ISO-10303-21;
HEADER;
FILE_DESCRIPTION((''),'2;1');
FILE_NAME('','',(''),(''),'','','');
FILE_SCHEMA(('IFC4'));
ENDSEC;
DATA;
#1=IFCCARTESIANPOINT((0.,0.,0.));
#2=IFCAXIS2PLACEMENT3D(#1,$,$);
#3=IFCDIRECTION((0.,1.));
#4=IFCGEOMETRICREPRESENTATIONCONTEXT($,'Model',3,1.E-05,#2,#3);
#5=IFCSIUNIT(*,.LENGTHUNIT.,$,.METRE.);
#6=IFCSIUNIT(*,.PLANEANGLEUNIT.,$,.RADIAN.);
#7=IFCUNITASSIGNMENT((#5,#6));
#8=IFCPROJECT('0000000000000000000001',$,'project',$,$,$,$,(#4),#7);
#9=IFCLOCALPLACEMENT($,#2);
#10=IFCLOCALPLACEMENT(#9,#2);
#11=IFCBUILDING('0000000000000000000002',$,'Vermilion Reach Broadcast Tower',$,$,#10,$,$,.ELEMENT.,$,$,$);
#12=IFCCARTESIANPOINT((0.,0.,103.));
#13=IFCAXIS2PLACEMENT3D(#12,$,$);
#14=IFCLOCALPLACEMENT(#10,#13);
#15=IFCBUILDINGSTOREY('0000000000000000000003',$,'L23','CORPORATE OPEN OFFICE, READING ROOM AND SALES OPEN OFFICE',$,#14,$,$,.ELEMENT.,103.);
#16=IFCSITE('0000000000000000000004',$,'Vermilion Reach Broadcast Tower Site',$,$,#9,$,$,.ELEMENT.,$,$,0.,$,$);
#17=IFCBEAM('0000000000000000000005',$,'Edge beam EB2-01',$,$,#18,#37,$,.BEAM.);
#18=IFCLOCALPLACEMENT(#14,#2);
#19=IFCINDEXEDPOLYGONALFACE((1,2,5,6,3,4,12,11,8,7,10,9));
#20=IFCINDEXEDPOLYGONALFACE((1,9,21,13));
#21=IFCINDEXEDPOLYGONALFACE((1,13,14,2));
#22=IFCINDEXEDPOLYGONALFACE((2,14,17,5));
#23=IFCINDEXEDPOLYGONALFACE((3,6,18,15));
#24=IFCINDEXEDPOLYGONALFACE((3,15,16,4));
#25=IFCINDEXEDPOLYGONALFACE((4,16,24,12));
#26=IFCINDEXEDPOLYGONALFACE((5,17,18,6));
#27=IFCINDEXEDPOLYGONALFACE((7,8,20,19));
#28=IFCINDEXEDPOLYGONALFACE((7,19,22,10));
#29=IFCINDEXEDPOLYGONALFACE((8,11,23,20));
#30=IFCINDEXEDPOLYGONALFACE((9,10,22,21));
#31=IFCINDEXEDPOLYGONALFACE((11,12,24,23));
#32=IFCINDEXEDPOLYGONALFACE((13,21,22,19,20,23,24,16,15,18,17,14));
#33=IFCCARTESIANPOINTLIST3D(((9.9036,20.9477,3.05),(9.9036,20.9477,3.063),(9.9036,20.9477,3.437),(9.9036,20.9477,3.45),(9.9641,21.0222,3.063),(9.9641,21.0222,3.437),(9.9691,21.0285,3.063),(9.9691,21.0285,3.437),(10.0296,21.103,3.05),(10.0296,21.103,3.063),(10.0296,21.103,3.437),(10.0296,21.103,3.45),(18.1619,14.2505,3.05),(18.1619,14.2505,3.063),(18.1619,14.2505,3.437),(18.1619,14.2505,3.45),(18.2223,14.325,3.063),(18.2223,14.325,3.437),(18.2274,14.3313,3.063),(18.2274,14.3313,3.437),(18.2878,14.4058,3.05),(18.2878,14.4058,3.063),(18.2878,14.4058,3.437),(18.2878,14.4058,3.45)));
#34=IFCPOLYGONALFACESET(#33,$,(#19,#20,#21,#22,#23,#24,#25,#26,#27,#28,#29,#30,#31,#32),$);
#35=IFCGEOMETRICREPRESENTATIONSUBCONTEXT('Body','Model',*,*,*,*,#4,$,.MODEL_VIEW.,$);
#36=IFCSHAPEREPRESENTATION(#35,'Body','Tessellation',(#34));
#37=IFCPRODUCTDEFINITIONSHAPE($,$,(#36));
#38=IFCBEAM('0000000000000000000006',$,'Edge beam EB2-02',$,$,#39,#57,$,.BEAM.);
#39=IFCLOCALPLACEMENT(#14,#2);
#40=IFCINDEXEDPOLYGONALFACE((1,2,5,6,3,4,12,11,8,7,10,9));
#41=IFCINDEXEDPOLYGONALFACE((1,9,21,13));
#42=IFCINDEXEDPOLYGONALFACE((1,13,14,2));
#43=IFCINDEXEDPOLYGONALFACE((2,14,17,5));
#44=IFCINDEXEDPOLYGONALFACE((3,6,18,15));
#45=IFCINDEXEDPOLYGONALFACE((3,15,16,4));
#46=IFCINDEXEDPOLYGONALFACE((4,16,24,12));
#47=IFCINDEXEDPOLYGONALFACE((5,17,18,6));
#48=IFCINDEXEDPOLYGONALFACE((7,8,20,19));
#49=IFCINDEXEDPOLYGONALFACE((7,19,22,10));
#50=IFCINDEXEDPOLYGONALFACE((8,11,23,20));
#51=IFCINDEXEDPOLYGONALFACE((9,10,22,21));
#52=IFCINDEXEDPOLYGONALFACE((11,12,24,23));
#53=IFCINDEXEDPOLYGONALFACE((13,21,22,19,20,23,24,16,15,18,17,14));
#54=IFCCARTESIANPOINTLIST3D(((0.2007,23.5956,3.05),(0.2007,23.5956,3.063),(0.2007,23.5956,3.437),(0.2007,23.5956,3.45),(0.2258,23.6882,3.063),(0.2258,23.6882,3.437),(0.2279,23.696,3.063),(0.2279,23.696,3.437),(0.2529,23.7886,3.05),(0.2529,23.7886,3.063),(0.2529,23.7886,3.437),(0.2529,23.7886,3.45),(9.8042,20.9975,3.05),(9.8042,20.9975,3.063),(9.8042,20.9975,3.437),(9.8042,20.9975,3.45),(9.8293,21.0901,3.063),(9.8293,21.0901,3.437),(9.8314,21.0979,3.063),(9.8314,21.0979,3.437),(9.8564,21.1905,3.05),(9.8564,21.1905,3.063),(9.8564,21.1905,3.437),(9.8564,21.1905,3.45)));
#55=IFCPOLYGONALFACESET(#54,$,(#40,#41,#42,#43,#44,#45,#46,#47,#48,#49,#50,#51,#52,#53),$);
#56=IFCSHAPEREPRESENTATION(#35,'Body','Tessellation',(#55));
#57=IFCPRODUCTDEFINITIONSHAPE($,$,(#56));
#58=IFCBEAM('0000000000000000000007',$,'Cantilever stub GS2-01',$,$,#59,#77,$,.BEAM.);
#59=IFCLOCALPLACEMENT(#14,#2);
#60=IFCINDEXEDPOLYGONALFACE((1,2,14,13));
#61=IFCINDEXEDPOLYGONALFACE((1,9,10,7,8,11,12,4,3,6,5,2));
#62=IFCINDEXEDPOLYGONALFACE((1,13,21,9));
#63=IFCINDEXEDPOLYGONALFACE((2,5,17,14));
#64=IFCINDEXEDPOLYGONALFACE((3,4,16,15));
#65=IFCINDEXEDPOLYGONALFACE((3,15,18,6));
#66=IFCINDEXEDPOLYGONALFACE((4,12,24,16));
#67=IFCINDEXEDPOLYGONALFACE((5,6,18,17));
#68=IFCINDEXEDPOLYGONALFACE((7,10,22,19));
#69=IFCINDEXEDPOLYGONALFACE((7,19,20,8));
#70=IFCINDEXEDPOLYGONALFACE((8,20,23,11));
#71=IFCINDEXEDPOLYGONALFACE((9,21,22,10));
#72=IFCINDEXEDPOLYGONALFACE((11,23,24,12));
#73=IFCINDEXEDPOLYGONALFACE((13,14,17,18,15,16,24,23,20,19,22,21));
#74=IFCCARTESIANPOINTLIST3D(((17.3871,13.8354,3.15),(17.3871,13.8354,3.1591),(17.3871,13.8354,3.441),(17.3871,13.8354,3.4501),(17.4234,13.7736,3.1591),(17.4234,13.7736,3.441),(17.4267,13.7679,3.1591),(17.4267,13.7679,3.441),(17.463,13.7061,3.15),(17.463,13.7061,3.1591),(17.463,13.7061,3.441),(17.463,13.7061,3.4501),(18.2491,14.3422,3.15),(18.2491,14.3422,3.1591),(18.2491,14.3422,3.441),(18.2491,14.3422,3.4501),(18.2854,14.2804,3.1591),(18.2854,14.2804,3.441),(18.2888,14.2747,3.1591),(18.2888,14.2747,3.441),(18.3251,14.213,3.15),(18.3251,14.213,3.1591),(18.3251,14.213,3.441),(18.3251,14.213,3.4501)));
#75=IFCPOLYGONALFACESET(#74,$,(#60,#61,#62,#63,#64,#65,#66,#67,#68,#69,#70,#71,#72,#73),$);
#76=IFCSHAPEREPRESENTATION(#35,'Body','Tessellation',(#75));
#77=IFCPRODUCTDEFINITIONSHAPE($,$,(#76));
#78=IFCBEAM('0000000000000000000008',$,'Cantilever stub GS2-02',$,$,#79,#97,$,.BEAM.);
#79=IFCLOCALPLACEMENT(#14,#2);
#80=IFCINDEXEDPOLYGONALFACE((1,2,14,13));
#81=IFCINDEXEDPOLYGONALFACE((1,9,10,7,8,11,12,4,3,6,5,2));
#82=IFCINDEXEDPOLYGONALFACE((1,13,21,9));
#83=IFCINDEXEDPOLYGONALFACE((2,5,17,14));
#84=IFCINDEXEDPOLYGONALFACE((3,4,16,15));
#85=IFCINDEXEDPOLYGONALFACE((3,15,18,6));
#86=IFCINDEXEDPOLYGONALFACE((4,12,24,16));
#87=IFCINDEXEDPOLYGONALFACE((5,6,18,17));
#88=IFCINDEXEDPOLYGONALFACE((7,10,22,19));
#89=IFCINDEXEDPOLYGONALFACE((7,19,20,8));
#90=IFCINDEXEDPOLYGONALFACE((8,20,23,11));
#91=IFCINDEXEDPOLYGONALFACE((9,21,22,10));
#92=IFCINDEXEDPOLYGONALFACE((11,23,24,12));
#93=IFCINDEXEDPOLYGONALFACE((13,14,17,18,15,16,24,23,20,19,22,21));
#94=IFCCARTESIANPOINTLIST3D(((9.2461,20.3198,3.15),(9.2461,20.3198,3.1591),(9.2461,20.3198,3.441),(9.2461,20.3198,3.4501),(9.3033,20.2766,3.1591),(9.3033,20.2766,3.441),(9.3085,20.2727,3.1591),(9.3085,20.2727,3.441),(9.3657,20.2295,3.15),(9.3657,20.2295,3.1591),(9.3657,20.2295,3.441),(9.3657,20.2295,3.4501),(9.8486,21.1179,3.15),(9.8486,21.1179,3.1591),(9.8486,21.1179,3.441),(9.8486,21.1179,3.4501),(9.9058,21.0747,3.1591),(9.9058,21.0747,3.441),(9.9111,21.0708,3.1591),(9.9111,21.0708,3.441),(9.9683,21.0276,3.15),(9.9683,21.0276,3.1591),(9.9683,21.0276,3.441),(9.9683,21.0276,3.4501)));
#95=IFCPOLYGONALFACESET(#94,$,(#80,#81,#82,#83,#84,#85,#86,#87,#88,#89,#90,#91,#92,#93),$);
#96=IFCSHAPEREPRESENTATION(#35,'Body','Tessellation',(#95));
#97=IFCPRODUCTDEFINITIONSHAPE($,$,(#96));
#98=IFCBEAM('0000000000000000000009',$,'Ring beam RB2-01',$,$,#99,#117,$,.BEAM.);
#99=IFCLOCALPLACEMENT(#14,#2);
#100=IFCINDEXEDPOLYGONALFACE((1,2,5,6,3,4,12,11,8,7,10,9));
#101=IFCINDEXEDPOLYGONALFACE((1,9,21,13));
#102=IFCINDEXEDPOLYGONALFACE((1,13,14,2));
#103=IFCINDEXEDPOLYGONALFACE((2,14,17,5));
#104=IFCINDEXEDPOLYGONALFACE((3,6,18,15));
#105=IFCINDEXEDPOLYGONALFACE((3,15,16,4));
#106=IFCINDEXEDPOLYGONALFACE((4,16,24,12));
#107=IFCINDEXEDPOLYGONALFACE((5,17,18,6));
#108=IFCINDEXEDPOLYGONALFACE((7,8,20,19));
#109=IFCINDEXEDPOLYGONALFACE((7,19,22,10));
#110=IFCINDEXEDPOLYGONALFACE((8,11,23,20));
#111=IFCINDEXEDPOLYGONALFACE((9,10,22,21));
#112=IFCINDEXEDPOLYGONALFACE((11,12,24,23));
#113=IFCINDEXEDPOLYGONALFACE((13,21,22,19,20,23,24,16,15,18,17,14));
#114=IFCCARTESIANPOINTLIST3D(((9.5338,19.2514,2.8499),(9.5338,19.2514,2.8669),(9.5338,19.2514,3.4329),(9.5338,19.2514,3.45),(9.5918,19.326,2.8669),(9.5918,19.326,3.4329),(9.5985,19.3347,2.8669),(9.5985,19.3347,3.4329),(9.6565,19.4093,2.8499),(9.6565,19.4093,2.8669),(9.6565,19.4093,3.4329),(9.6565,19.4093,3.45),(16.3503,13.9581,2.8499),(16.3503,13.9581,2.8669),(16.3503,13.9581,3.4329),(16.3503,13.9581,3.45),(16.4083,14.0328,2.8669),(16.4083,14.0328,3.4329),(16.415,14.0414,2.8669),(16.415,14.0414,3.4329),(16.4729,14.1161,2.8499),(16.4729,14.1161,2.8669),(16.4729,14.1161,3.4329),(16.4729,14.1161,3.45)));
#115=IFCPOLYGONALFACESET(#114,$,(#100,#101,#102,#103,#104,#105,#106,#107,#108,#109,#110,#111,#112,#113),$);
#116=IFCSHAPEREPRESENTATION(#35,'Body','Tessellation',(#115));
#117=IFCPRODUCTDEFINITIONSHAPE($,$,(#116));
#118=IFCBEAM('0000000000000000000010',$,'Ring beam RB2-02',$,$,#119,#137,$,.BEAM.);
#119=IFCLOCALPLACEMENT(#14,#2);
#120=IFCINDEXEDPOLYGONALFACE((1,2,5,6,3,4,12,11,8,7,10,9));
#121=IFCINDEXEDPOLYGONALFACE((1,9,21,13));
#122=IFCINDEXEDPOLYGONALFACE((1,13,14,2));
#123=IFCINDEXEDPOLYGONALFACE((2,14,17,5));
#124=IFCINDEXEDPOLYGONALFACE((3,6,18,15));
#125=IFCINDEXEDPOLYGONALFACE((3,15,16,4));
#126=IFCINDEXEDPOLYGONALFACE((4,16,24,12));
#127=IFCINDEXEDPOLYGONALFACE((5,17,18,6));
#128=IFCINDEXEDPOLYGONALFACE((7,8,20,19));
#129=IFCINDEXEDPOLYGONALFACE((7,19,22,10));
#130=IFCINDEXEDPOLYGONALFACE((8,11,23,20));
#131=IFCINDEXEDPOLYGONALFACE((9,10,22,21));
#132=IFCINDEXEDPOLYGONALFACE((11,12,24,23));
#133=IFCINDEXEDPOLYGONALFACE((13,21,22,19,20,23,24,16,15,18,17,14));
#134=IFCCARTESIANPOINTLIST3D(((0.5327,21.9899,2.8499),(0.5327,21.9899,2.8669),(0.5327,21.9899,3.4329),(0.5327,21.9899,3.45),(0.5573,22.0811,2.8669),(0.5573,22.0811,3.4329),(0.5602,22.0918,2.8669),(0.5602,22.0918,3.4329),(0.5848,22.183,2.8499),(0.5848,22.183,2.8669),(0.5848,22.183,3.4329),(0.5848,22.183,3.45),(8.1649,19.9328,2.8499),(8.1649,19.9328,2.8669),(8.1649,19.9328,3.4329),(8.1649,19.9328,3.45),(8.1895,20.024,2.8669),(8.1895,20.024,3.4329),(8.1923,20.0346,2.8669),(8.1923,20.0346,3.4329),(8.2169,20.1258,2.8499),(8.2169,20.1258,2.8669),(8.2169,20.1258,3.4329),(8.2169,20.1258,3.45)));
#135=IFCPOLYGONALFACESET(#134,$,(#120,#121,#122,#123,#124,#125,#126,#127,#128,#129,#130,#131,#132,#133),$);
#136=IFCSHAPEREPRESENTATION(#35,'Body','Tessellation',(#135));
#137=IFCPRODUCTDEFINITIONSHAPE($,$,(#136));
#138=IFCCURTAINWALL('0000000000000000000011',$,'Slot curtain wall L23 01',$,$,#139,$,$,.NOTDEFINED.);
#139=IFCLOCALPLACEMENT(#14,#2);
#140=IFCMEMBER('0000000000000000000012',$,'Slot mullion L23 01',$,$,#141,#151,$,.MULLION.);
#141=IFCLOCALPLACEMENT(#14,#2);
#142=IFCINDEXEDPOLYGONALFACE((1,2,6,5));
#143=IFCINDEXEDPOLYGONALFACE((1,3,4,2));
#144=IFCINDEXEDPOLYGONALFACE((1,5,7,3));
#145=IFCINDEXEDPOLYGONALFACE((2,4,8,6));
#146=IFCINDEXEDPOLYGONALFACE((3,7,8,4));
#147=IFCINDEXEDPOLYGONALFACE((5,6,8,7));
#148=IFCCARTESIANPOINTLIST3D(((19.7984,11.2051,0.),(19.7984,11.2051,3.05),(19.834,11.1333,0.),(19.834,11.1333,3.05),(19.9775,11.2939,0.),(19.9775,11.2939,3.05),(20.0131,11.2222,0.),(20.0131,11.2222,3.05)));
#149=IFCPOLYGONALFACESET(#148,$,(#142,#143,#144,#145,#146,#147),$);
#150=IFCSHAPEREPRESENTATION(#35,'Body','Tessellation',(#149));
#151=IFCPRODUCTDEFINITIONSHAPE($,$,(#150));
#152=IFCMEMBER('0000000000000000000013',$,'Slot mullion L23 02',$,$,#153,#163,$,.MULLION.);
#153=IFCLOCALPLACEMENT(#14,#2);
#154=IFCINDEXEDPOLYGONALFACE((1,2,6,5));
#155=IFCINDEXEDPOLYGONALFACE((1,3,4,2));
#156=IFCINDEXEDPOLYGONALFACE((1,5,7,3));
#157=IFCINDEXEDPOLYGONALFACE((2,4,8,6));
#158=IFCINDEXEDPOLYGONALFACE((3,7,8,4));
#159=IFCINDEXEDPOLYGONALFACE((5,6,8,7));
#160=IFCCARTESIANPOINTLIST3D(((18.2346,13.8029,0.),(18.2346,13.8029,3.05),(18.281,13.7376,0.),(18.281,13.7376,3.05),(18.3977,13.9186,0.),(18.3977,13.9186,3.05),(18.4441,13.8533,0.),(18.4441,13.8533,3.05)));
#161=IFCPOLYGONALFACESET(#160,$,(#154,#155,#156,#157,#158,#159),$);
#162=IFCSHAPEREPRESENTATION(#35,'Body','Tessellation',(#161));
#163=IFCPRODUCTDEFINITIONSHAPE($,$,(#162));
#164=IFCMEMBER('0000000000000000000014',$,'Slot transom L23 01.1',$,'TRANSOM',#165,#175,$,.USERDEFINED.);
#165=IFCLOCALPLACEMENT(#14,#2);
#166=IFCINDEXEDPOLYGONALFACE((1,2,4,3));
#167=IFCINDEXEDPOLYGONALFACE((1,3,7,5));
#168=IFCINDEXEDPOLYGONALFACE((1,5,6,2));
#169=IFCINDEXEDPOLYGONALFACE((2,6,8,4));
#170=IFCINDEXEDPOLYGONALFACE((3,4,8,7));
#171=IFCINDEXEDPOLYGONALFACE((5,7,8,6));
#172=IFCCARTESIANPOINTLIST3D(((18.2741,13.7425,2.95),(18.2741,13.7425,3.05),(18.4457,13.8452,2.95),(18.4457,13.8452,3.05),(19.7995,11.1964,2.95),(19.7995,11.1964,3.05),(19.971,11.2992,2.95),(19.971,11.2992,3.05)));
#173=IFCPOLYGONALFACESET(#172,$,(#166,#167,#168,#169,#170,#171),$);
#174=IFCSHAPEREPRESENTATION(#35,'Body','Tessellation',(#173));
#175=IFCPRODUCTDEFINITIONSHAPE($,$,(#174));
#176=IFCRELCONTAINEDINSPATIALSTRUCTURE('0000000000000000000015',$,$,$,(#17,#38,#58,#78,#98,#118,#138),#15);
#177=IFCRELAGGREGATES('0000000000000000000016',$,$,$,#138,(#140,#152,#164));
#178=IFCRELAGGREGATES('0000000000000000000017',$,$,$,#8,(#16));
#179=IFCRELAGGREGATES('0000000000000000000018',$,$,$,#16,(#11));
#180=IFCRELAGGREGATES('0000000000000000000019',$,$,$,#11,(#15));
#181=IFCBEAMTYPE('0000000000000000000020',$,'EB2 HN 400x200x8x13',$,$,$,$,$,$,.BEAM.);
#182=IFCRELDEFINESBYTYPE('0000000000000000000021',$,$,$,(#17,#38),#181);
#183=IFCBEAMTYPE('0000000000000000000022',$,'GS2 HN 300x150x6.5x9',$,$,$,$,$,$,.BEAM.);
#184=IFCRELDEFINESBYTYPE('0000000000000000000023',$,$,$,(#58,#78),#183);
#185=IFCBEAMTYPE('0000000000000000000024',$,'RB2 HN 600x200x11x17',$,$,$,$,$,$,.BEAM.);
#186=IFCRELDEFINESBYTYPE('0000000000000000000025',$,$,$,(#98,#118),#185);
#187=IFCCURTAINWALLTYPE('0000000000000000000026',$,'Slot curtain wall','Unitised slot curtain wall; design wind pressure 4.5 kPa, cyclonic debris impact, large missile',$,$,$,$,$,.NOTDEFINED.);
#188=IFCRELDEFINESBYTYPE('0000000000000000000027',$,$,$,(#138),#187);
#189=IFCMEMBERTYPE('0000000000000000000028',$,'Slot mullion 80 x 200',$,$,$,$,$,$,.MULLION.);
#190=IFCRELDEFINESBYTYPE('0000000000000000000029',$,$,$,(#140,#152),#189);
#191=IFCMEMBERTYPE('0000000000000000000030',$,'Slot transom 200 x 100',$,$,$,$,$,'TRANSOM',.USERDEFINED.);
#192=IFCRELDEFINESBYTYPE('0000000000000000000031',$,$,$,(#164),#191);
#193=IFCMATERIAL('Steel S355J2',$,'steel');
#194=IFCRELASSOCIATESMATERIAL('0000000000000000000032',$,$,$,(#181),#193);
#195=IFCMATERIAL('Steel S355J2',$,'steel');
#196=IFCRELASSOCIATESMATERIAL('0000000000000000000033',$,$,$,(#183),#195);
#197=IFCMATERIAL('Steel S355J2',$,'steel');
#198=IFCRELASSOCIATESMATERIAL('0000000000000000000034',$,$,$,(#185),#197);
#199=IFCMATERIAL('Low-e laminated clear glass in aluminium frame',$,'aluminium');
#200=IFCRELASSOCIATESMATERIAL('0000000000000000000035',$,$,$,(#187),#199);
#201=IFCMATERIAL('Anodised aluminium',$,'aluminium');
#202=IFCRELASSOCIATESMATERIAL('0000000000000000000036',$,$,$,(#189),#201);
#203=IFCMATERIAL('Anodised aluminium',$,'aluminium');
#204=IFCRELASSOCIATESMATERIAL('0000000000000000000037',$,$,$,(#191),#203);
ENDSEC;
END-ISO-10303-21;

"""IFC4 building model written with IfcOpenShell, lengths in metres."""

from ifc_helpers import new_model, si_unit, direction, frame, origin, origin_2d, place, context, subcontext, project, spatial, rectangle, i_section, extrude, material, material_profile, profile_set, type_object, element, aggregate, save


model = new_model("IFC4")

# Units and contexts
model_context = context("Model", 3, precision=1e-05, world=origin(), true_north=direction((0.0, 1.0)))
body_context = subcontext(model_context, "Body", "Model", "MODEL_VIEW")
ifc_project = project(units=[si_unit("LENGTHUNIT", "METRE"), si_unit("PLANEANGLEUNIT", "RADIAN")], contexts=[model_context])

# Site, building, storey
site_placement = place(None, origin())
site = spatial("IfcSite", under=ifc_project, at=site_placement, Name="Vermilion Reach Broadcast Tower Site", CompositionType="ELEMENT", RefElevation=0.0)
building_placement = place(site_placement, origin())
building = spatial("IfcBuilding", under=site, at=building_placement, Name="Vermilion Reach Broadcast Tower", CompositionType="ELEMENT")
storey_placement = place(building_placement, frame((0.0, 0.0, 103.0)))
storey = spatial("IfcBuildingStorey", under=building, at=storey_placement, Name="L23", Description="CORPORATE OPEN OFFICE, READING ROOM AND SALES OPEN OFFICE", CompositionType="ELEMENT", Elevation=103.0)

# Beams
ifc_material_1 = material(Name="Steel S355J2", Category="steel")
ifc_material_profile_1 = material_profile(ifc_material_1, i_section(OverallWidth=0.2, OverallDepth=0.3999, WebThickness=0.0081, FlangeThickness=0.0129, at=origin_2d()), Name="S355J2 HN 400x200x8x13")
ifc_profile_set_1 = profile_set([ifc_material_profile_1], Name="Steel S355J2")
beam_type_1 = type_object("IfcBeamType", Name="EB2 HN 400x200x8x13", PredefinedType="BEAM", material=ifc_profile_set_1)
beam_1_placement = place(storey_placement, frame((18.2249, 14.3281, 3.25), z_axis=(-0.776694, 0.629878, 0.0), x_axis=(-0.629878, -0.776694, 0.0)))
element("IfcBeam", 1, at=beam_1_placement, inside=storey, type_object=beam_type_1, Name="Edge beam EB2-01", PredefinedType="BEAM", context=body_context, shape_type="SweptSolid", body=[
    extrude(i_section(OverallWidth=0.2, OverallDepth=0.3999, WebThickness=0.0081, FlangeThickness=0.0129, at=origin_2d()), origin(), (0.0, 0.0, 1.0), 10.6326),
])
beam_2_placement = place(storey_placement, frame((9.8303, 21.094, 3.25), z_axis=(-0.965298, 0.261153, 0.0), x_axis=(-0.261153, -0.965298, 0.0)))
element("IfcBeam", 2, at=beam_2_placement, inside=storey, type_object=beam_type_1, Name="Edge beam EB2-02", PredefinedType="BEAM", context=body_context, shape_type="SweptSolid", body=[
    extrude(i_section(OverallWidth=0.2, OverallDepth=0.3999, WebThickness=0.0081, FlangeThickness=0.0129, at=origin_2d()), origin(), (0.0, 0.0, 1.0), 9.9487),
])
ifc_material_2 = material(Name="Steel S355J2", Category="steel")
ifc_material_profile_2 = material_profile(ifc_material_2, i_section(OverallWidth=0.1499, OverallDepth=0.3, WebThickness=0.0066, FlangeThickness=0.009, at=origin_2d()), Name="S355J2 HN 300x150x6.5x9")
ifc_profile_set_2 = profile_set([ifc_material_profile_2], Name="Steel S355J2")
beam_type_2 = type_object("IfcBeamType", Name="GS2 HN 300x150x6.5x9", PredefinedType="BEAM", material=ifc_profile_set_2)
for number, where, z_axis, x_axis, name in (
    (3, (17.425, 13.7708, 3.3), (0.862047, 0.506828, 0.0), (-0.506828, 0.862047, 0.0), "Cantilever stub GS2-01"),
    (4, (9.3059, 20.2747, 3.3), (0.602536, 0.798092, 0.0), (-0.798092, 0.602536, 0.0), "Cantilever stub GS2-02"),
):
    element("IfcBeam", number, at=place(storey_placement, frame(where, z_axis=z_axis, x_axis=x_axis)), inside=storey, type_object=beam_type_2, Name=name, PredefinedType="BEAM", context=body_context, shape_type="SweptSolid", body=[
        extrude(i_section(OverallWidth=0.1499, OverallDepth=0.3, WebThickness=0.0066, FlangeThickness=0.009, at=origin_2d()), origin(), (0.0, 0.0, 1.0), 1.0),
    ])
ifc_material_3 = material(Name="Steel S355J2", Category="steel")
ifc_material_profile_3 = material_profile(ifc_material_3, i_section(OverallWidth=0.2, OverallDepth=0.6001, WebThickness=0.011, FlangeThickness=0.0171, at=origin_2d()), Name="S355J2 HN 600x200x11x17")
ifc_profile_set_3 = profile_set([ifc_material_profile_3], Name="Steel S355J2")
beam_type_3 = type_object("IfcBeamType", Name="RB2 HN 600x200x11x17", PredefinedType="BEAM", material=ifc_profile_set_3)
beam_3_placement = place(storey_placement, frame((16.4116, 14.0371, 3.1499), z_axis=(-0.789826, 0.613331, 0.0), x_axis=(-0.613331, -0.789826, 0.0)))
element("IfcBeam", 5, at=beam_3_placement, inside=storey, type_object=beam_type_3, Name="Ring beam RB2-01", PredefinedType="BEAM", context=body_context, shape_type="SweptSolid", body=[
    extrude(i_section(OverallWidth=0.2, OverallDepth=0.6001, WebThickness=0.011, FlangeThickness=0.0171, at=origin_2d()), origin(), (0.0, 0.0, 1.0), 8.6304),
])
beam_4_placement = place(storey_placement, frame((8.1909, 20.0293, 3.1499), z_axis=(-0.965541, 0.260249, 0.0), x_axis=(-0.260249, -0.965541, 0.0)))
element("IfcBeam", 6, at=beam_4_placement, inside=storey, type_object=beam_type_3, Name="Ring beam RB2-02", PredefinedType="BEAM", context=body_context, shape_type="SweptSolid", body=[
    extrude(i_section(OverallWidth=0.2, OverallDepth=0.6001, WebThickness=0.011, FlangeThickness=0.0171, at=origin_2d()), origin(), (0.0, 0.0, 1.0), 7.9045),
])

# Curtain wall, members
ifc_material_4 = material(Name="Low-e laminated clear glass in aluminium frame", Category="aluminium")
curtain_wall_type = type_object("IfcCurtainWallType", Name="Slot curtain wall", Description="Unitised slot curtain wall; design wind pressure 4.5 kPa, cyclonic debris impact, large missile", PredefinedType="NOTDEFINED", material=ifc_material_4)
curtain_wall_placement = place(storey_placement, origin())
curtain_wall = element("IfcCurtainWall", 7, at=curtain_wall_placement, inside=storey, type_object=curtain_wall_type, Name="Slot curtain wall L23 01", PredefinedType="NOTDEFINED")
ifc_material_5 = material(Name="Anodised aluminium", Category="aluminium")
ifc_material_profile_4 = material_profile(ifc_material_5, rectangle(XDim=0.2, YDim=0.0801, at=origin_2d()), Name="Slot mullion 80 x 200")
ifc_profile_set_4 = profile_set([ifc_material_profile_4], Name="Anodised aluminium")
member_type_1 = type_object("IfcMemberType", Name="Slot mullion 80 x 200", PredefinedType="MULLION", material=ifc_profile_set_4)
member_1_placement = place(storey_placement, frame((19.9058, 11.2136, 0.0), z_axis=(0.0, 0.0, 1.0), x_axis=(-0.895798, -0.444461, 0.0)))
member_1 = element("IfcMember", 8, at=member_1_placement, type_object=member_type_1, Name="Slot mullion L23 01", PredefinedType="MULLION", context=body_context, shape_type="SweptSolid", body=[
    extrude(rectangle(XDim=0.2, YDim=0.0801, at=origin_2d()), origin(), (0.0, 0.0, 1.0), 3.05),
])
member_2_placement = place(storey_placement, frame((18.3394, 13.8281, 0.0), z_axis=(0.0, 0.0, 1.0), x_axis=(-0.815598, -0.578618, 0.0)))
member_2 = element("IfcMember", 9, at=member_2_placement, type_object=member_type_1, Name="Slot mullion L23 02", PredefinedType="MULLION", context=body_context, shape_type="SweptSolid", body=[
    extrude(rectangle(XDim=0.2, YDim=0.0801, at=origin_2d()), origin(), (0.0, 0.0, 1.0), 3.05),
])
ifc_material_6 = material(Name="Anodised aluminium", Category="aluminium")
ifc_material_profile_5 = material_profile(ifc_material_6, rectangle(XDim=0.2, YDim=0.1001, at=origin_2d()), Name="Slot transom 200 x 100")
ifc_profile_set_5 = profile_set([ifc_material_profile_5], Name="Anodised aluminium")
member_type_2 = type_object("IfcMemberType", Name="Slot transom 200 x 100", ElementType="TRANSOM", PredefinedType="USERDEFINED", material=ifc_profile_set_5)
member_3_placement = place(storey_placement, frame((19.8853, 11.2478, 3.0), z_axis=(-0.513927, 0.857834, 0.0), x_axis=(-0.857834, -0.513927, 0.0)))
member_3 = element("IfcMember", 10, at=member_3_placement, type_object=member_type_2, Name="Slot transom L23 01.1", ObjectType="TRANSOM", PredefinedType="USERDEFINED", context=body_context, shape_type="SweptSolid", body=[
    extrude(rectangle(XDim=0.2, YDim=0.1001, at=origin_2d()), origin(), (0.0, 0.0, 1.0), 2.968),
])
aggregate(curtain_wall, [member_1, member_2, member_3])

save(model, "model.ifc")
